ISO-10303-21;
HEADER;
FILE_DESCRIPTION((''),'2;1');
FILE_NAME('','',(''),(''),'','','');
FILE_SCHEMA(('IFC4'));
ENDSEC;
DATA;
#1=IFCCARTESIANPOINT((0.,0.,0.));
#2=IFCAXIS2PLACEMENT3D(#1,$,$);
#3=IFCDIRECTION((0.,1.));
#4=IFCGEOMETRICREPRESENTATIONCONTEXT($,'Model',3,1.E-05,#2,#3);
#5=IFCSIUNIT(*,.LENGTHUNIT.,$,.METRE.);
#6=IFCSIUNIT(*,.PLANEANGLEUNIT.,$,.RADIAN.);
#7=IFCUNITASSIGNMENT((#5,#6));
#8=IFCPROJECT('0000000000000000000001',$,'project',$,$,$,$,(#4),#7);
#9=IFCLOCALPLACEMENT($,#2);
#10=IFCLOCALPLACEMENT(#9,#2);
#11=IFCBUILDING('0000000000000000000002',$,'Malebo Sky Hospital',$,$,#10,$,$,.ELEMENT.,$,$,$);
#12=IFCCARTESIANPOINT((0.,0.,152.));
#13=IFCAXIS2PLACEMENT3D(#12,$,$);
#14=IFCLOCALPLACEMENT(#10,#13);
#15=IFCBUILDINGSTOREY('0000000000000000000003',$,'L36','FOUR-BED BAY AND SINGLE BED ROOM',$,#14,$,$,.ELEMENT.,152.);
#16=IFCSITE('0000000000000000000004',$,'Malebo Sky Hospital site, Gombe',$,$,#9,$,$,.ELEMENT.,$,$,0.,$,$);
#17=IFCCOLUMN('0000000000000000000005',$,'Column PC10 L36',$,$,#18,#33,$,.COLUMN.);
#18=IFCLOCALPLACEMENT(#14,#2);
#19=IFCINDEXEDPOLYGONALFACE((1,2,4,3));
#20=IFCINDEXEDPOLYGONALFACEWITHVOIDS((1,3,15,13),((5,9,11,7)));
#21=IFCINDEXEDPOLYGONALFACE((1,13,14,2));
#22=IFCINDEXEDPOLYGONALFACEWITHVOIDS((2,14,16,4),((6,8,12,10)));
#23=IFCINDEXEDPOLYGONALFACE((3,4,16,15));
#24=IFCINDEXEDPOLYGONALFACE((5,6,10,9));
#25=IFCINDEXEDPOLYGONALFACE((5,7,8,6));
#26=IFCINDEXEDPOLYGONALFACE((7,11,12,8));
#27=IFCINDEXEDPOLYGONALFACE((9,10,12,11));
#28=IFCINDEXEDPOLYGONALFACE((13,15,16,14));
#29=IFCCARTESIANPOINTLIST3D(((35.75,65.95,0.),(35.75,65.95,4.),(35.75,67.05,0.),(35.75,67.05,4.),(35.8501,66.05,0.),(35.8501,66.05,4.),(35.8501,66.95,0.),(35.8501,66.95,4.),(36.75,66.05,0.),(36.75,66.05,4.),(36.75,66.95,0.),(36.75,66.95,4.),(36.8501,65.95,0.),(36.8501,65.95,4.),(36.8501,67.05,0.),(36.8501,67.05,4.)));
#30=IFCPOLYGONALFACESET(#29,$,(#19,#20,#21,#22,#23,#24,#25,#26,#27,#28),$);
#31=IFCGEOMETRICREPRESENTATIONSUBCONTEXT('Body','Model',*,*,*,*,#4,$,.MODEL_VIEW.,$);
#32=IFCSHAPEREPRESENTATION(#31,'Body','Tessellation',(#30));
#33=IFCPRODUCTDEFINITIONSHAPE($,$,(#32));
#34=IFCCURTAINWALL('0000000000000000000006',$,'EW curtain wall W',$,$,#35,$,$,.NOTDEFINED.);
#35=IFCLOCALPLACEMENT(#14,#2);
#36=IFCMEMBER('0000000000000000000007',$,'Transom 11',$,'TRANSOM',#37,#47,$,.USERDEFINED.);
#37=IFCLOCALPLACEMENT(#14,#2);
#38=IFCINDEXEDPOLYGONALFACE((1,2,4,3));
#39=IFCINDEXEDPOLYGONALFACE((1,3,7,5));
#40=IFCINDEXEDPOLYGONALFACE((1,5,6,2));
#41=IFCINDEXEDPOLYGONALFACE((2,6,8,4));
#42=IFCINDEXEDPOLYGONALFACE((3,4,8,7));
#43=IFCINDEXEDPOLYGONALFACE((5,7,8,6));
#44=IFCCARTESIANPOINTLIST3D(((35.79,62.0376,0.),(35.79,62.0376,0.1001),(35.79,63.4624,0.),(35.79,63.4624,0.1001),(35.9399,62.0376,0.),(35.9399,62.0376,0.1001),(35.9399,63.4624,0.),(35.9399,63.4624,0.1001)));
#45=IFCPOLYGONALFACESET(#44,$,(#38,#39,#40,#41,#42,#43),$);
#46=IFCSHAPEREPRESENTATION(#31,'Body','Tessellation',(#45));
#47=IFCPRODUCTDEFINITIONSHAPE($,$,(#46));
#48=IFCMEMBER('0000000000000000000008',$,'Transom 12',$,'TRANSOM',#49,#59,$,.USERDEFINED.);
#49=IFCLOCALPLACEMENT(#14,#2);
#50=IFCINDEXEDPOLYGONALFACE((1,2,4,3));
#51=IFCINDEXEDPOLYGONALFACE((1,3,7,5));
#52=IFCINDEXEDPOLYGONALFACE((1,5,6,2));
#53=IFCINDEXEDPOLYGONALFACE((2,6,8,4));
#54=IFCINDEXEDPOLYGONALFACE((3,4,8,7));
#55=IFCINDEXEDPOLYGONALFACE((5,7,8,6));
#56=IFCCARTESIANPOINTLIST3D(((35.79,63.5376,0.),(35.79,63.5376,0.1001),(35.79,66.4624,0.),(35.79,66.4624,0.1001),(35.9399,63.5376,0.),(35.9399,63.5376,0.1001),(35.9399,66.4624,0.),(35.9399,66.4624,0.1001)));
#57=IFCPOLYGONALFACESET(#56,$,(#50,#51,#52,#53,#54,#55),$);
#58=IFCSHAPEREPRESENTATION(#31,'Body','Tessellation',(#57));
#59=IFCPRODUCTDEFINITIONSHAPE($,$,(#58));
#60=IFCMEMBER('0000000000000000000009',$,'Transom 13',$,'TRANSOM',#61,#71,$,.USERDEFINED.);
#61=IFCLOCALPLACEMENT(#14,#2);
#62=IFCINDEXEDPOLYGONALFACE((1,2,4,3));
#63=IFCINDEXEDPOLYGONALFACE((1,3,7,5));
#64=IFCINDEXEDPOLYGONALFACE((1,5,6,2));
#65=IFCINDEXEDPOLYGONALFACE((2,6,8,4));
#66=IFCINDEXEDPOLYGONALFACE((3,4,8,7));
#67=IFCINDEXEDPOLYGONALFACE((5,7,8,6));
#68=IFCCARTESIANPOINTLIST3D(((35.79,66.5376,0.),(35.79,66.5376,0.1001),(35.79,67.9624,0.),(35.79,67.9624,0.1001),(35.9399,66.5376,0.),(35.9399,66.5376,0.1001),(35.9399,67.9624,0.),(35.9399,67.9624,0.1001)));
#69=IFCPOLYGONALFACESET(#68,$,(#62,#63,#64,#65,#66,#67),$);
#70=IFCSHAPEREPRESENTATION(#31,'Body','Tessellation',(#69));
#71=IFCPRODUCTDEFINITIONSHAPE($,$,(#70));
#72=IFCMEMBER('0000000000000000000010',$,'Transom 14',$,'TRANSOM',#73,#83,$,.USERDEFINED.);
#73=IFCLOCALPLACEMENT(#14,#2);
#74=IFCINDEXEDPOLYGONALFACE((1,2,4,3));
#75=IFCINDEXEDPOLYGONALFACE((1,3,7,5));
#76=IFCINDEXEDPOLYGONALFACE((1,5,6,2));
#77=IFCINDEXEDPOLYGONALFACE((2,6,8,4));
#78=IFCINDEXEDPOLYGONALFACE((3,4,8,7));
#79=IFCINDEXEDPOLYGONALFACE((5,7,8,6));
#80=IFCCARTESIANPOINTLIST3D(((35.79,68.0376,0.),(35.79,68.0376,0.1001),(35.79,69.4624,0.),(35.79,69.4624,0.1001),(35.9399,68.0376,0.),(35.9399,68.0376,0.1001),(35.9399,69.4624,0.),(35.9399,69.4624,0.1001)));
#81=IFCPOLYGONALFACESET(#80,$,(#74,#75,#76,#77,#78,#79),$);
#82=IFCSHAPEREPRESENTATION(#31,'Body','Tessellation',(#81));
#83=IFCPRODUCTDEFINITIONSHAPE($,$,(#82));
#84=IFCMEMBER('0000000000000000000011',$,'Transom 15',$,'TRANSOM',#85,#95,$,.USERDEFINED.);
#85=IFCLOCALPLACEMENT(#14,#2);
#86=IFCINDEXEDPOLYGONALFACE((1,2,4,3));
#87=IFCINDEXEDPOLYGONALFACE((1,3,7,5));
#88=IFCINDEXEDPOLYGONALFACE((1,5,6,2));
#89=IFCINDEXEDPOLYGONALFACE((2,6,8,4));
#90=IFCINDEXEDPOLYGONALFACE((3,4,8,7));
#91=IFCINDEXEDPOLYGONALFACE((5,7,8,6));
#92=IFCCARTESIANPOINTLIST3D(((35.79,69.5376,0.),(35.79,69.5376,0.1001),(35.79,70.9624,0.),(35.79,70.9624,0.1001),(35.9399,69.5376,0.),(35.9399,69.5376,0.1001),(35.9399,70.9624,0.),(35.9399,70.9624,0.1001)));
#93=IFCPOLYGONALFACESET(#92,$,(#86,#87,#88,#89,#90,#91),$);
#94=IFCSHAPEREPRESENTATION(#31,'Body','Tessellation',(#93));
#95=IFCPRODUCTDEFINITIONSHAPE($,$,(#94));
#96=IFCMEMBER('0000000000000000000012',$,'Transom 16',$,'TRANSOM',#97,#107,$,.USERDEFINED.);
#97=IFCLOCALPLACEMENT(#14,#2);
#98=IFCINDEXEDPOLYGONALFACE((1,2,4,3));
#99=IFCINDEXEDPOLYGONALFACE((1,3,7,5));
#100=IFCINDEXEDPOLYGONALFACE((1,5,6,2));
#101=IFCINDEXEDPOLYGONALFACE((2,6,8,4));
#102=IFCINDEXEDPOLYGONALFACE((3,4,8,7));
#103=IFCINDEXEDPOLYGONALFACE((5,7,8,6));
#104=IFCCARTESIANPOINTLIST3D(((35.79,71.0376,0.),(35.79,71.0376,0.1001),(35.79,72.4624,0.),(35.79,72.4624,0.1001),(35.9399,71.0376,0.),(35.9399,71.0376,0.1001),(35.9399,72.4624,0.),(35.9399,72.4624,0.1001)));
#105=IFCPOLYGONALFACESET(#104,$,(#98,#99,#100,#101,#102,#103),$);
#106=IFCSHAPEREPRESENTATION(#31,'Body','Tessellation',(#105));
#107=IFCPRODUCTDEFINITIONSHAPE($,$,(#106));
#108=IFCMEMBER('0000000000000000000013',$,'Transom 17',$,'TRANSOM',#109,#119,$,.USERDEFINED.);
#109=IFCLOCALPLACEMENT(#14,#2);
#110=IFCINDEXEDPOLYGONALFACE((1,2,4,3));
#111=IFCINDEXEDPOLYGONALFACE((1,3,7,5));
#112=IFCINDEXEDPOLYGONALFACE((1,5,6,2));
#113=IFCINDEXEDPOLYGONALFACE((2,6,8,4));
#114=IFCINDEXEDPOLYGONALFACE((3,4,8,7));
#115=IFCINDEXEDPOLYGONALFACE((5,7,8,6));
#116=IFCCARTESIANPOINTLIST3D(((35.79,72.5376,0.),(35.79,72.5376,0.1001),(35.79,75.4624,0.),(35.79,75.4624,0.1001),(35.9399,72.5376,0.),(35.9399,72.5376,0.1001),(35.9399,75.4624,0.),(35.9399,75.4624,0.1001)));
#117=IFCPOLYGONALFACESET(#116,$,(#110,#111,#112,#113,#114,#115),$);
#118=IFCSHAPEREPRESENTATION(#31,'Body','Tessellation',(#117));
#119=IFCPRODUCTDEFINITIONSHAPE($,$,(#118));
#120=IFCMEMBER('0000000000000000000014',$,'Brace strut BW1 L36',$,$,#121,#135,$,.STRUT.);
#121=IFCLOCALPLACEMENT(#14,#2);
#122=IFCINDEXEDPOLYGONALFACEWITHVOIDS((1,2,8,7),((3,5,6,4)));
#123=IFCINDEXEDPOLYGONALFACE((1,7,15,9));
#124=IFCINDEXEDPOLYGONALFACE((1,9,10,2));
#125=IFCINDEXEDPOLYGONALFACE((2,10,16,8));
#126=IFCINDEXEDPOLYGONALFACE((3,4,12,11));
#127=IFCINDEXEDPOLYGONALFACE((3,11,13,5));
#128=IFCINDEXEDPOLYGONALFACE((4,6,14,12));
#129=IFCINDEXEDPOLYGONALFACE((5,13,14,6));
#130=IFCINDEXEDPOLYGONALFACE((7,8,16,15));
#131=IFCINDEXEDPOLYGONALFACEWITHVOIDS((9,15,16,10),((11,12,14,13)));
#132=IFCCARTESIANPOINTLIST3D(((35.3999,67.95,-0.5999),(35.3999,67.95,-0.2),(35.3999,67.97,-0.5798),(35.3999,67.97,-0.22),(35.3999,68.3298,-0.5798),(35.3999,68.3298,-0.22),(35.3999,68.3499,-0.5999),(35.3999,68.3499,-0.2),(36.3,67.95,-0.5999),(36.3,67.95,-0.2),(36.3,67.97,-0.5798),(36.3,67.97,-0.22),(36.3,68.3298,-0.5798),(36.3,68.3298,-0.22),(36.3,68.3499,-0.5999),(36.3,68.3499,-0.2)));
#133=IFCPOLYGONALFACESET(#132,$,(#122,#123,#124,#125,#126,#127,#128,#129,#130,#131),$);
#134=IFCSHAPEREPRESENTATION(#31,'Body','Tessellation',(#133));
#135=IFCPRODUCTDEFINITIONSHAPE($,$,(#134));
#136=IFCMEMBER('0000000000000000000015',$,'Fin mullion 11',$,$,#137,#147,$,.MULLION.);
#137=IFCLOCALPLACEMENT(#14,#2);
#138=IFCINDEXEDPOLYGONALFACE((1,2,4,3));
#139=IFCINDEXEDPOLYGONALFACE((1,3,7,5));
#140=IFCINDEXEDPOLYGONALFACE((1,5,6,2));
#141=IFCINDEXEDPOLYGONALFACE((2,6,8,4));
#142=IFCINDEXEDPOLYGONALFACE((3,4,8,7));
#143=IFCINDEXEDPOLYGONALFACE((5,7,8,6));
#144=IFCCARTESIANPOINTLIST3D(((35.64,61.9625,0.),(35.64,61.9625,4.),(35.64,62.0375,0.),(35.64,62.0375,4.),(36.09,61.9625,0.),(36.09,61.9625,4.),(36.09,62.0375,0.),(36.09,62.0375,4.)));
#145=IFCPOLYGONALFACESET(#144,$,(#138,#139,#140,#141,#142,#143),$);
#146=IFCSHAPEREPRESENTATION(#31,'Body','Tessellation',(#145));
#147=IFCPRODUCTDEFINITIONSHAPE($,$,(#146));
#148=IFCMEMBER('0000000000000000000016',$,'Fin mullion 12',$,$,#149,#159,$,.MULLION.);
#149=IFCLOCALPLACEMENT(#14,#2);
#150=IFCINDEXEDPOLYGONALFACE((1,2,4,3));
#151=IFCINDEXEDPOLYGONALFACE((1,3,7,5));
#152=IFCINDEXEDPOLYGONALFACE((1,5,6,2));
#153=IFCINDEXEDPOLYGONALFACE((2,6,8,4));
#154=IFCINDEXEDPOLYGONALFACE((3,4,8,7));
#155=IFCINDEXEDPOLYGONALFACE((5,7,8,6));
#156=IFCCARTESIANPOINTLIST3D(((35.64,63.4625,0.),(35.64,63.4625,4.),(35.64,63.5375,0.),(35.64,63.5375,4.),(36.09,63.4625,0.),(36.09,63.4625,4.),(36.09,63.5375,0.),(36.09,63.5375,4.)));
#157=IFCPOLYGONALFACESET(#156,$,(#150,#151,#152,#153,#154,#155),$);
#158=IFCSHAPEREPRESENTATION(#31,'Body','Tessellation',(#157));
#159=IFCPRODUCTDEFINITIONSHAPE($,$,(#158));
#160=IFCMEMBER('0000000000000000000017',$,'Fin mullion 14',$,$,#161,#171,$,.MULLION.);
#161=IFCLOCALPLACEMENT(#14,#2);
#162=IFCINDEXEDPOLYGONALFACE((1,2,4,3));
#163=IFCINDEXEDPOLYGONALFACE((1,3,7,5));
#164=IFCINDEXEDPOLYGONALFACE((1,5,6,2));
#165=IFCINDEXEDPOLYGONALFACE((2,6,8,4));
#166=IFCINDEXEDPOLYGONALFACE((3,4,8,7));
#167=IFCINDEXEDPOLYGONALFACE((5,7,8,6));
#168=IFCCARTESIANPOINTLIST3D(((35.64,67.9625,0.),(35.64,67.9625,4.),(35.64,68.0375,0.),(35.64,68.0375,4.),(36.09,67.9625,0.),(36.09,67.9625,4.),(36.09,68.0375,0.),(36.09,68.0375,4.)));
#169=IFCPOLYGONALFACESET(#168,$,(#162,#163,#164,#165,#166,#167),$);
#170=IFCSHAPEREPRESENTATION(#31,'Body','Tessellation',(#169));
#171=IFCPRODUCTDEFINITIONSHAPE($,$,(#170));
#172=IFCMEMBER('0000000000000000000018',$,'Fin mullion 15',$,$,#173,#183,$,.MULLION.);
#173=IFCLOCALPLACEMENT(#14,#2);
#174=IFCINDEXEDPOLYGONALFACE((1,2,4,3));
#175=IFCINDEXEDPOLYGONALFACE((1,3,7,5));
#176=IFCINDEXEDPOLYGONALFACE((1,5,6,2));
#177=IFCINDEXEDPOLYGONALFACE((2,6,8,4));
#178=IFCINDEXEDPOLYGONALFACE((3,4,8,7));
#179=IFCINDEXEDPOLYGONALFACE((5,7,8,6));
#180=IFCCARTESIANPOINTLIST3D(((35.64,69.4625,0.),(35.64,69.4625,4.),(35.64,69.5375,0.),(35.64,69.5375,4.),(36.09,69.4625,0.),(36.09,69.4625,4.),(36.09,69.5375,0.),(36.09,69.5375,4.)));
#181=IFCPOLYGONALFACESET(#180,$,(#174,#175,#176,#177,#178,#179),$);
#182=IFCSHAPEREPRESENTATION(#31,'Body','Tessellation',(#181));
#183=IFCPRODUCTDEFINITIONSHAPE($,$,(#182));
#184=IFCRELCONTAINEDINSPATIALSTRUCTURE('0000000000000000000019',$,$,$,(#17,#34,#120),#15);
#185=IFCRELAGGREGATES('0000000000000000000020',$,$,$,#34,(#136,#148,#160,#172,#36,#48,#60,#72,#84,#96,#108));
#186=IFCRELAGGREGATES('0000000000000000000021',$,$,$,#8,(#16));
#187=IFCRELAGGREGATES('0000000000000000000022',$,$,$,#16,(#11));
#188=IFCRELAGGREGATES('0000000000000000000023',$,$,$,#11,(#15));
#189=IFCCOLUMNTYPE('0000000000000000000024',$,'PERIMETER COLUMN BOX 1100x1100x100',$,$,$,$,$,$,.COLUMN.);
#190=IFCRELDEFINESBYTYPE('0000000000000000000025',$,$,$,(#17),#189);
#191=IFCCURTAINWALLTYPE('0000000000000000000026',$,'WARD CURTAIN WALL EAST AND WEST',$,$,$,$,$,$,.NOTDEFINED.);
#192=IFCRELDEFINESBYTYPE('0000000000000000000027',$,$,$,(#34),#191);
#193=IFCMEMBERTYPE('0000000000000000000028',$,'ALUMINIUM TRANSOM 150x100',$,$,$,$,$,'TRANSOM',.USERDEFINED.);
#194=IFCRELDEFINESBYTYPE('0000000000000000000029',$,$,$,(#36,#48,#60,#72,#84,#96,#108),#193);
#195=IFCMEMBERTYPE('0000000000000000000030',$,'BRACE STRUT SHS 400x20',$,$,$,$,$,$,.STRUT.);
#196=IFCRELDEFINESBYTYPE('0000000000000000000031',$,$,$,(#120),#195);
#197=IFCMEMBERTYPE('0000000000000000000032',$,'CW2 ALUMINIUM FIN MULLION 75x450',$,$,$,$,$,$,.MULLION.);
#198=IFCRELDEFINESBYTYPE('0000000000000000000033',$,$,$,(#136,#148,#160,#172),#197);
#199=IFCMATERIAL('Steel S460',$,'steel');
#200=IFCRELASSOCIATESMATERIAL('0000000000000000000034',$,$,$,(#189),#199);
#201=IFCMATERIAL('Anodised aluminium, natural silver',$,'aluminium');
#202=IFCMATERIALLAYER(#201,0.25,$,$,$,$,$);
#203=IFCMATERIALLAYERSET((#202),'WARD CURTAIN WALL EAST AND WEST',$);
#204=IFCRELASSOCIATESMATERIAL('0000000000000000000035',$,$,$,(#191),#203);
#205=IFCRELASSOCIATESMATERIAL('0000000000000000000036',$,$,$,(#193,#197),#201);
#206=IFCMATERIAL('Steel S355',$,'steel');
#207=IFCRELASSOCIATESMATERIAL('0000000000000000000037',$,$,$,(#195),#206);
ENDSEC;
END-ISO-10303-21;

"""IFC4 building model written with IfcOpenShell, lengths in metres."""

from ifc_helpers import new_model, si_unit, direction, frame, origin, origin_2d, place, context, subcontext, project, spatial, rectangle, hollow_rectangle, extrude, material, layer, layer_set, material_profile, profile_set, type_object, element, aggregate, save


model = new_model("IFC4")

# Units and contexts
model_context = context("Model", 3, precision=1e-05, world=origin(), true_north=direction((0.0, 1.0)))
body_context = subcontext(model_context, "Body", "Model", "MODEL_VIEW")
ifc_project = project(units=[si_unit("LENGTHUNIT", "METRE"), si_unit("PLANEANGLEUNIT", "RADIAN")], contexts=[model_context])

# Site, building, storey
site_placement = place(None, origin())
site = spatial("IfcSite", under=ifc_project, at=site_placement, Name="Malebo Sky Hospital site, Gombe", CompositionType="ELEMENT", RefElevation=0.0)
building_placement = place(site_placement, origin())
building = spatial("IfcBuilding", under=site, at=building_placement, Name="Malebo Sky Hospital", CompositionType="ELEMENT")
storey_placement = place(building_placement, frame((0.0, 0.0, 152.0)))
storey = spatial("IfcBuildingStorey", under=building, at=storey_placement, Name="L36", Description="FOUR-BED BAY AND SINGLE BED ROOM", CompositionType="ELEMENT", Elevation=152.0)

# Column
ifc_material_1 = material(Name="Steel S460", Category="steel")
ifc_material_profile_1 = material_profile(ifc_material_1, hollow_rectangle(XDim=1.1001, YDim=1.1001, WallThickness=0.1001, at=origin_2d()), Name="BOX 1100x1100x100")
ifc_profile_set_1 = profile_set([ifc_material_profile_1], Name="Steel S460")
column_type = type_object("IfcColumnType", Name="PERIMETER COLUMN BOX 1100x1100x100", PredefinedType="COLUMN", material=ifc_profile_set_1)
column_placement = place(storey_placement, frame((36.3, 66.5, 0.0), z_axis=(0.0, 0.0, 1.0), x_axis=(1.0, 0.0, 0.0)))
element("IfcColumn", 1, at=column_placement, inside=storey, type_object=column_type, Name="Column PC10 L36", PredefinedType="COLUMN", context=body_context, shape_type="SweptSolid", body=[
    extrude(hollow_rectangle(XDim=1.1001, YDim=1.1001, WallThickness=0.1001, at=origin_2d()), origin(), (0.0, 0.0, 1.0), 4.0),
])

# Curtain wall, members
ifc_material_2 = material(Name="Anodised aluminium, natural silver", Category="aluminium")
ifc_layer_1 = layer(ifc_material_2, 0.25)
ifc_layer_set_1 = layer_set([ifc_layer_1], Name="WARD CURTAIN WALL EAST AND WEST")
curtain_wall_type = type_object("IfcCurtainWallType", Name="WARD CURTAIN WALL EAST AND WEST", PredefinedType="NOTDEFINED", material=ifc_layer_set_1)
curtain_wall_placement = place(storey_placement, origin())
curtain_wall = element("IfcCurtainWall", 2, at=curtain_wall_placement, inside=storey, type_object=curtain_wall_type, Name="EW curtain wall W", PredefinedType="NOTDEFINED")
ifc_material_profile_2 = material_profile(ifc_material_2, rectangle(XDim=0.1499, YDim=0.1001, at=origin_2d()), Name="ALUMINIUM TRANSOM 150x100")
ifc_profile_set_2 = profile_set([ifc_material_profile_2], Name="Anodised aluminium, natural silver")
member_type_1 = type_object("IfcMemberType", Name="ALUMINIUM TRANSOM 150x100", ElementType="TRANSOM", PredefinedType="USERDEFINED", material=ifc_profile_set_2)
member_1_placement = place(storey_placement, frame((35.865, 62.0376, 0.05), z_axis=(0.0, 1.0, 0.0), x_axis=(-1.0, 0.0, 0.0)))
member_1 = element("IfcMember", 3, at=member_1_placement, type_object=member_type_1, Name="Transom 11", ObjectType="TRANSOM", PredefinedType="USERDEFINED", context=body_context, shape_type="SweptSolid", body=[
    extrude(rectangle(XDim=0.1499, YDim=0.1001, at=origin_2d()), origin(), (0.0, 0.0, 1.0), 1.4248),
])
member_2_placement = place(storey_placement, frame((35.865, 63.5376, 0.05), z_axis=(0.0, 1.0, 0.0), x_axis=(-1.0, 0.0, 0.0)))
member_2 = element("IfcMember", 4, at=member_2_placement, type_object=member_type_1, Name="Transom 12", ObjectType="TRANSOM", PredefinedType="USERDEFINED", context=body_context, shape_type="SweptSolid", body=[
    extrude(rectangle(XDim=0.1499, YDim=0.1001, at=origin_2d()), origin(), (0.0, 0.0, 1.0), 2.9248),
])
member_3_placement = place(storey_placement, frame((35.865, 66.5376, 0.05), z_axis=(0.0, 1.0, 0.0), x_axis=(-1.0, 0.0, 0.0)))
member_3 = element("IfcMember", 5, at=member_3_placement, type_object=member_type_1, Name="Transom 13", ObjectType="TRANSOM", PredefinedType="USERDEFINED", context=body_context, shape_type="SweptSolid", body=[
    extrude(rectangle(XDim=0.1499, YDim=0.1001, at=origin_2d()), origin(), (0.0, 0.0, 1.0), 1.4248),
])
member_4_placement = place(storey_placement, frame((35.865, 68.0376, 0.05), z_axis=(0.0, 1.0, 0.0), x_axis=(-1.0, 0.0, 0.0)))
member_4 = element("IfcMember", 6, at=member_4_placement, type_object=member_type_1, Name="Transom 14", ObjectType="TRANSOM", PredefinedType="USERDEFINED", context=body_context, shape_type="SweptSolid", body=[
    extrude(rectangle(XDim=0.1499, YDim=0.1001, at=origin_2d()), origin(), (0.0, 0.0, 1.0), 1.4248),
])
member_5_placement = place(storey_placement, frame((35.865, 69.5376, 0.05), z_axis=(0.0, 1.0, 0.0), x_axis=(-1.0, 0.0, 0.0)))
member_5 = element("IfcMember", 7, at=member_5_placement, type_object=member_type_1, Name="Transom 15", ObjectType="TRANSOM", PredefinedType="USERDEFINED", context=body_context, shape_type="SweptSolid", body=[
    extrude(rectangle(XDim=0.1499, YDim=0.1001, at=origin_2d()), origin(), (0.0, 0.0, 1.0), 1.4248),
])
member_6_placement = place(storey_placement, frame((35.865, 71.0376, 0.05), z_axis=(0.0, 1.0, 0.0), x_axis=(-1.0, 0.0, 0.0)))
member_6 = element("IfcMember", 8, at=member_6_placement, type_object=member_type_1, Name="Transom 16", ObjectType="TRANSOM", PredefinedType="USERDEFINED", context=body_context, shape_type="SweptSolid", body=[
    extrude(rectangle(XDim=0.1499, YDim=0.1001, at=origin_2d()), origin(), (0.0, 0.0, 1.0), 1.4248),
])
member_7_placement = place(storey_placement, frame((35.865, 72.5376, 0.05), z_axis=(0.0, 1.0, 0.0), x_axis=(-1.0, 0.0, 0.0)))
member_7 = element("IfcMember", 9, at=member_7_placement, type_object=member_type_1, Name="Transom 17", ObjectType="TRANSOM", PredefinedType="USERDEFINED", context=body_context, shape_type="SweptSolid", body=[
    extrude(rectangle(XDim=0.1499, YDim=0.1001, at=origin_2d()), origin(), (0.0, 0.0, 1.0), 2.9248),
])

# Members
ifc_material_3 = material(Name="Steel S355", Category="steel")
ifc_material_profile_3 = material_profile(ifc_material_3, hollow_rectangle(XDim=0.3999, YDim=0.3999, WallThickness=0.02, at=origin_2d()), Name="SHS 400x20")
ifc_profile_set_3 = profile_set([ifc_material_profile_3], Name="Steel S355")
member_type_2 = type_object("IfcMemberType", Name="BRACE STRUT SHS 400x20", PredefinedType="STRUT", material=ifc_profile_set_3)
member_8_placement = place(storey_placement, frame((35.3999, 68.1499, -0.3999), z_axis=(1.0, 0.0, 0.0), x_axis=(0.0, 1.0, 0.0)))
element("IfcMember", 10, at=member_8_placement, inside=storey, type_object=member_type_2, Name="Brace strut BW1 L36", PredefinedType="STRUT", context=body_context, shape_type="SweptSolid", body=[
    extrude(hollow_rectangle(XDim=0.3999, YDim=0.3999, WallThickness=0.02, at=origin_2d()), origin(), (0.0, 0.0, 1.0), 0.9001),
])
ifc_material_profile_4 = material_profile(ifc_material_2, rectangle(XDim=0.075, YDim=0.45, at=origin_2d()), Name="CW2 ALUMINIUM FIN MULLION 75x450")
ifc_profile_set_4 = profile_set([ifc_material_profile_4], Name="Anodised aluminium, natural silver")
member_type_3 = type_object("IfcMemberType", Name="CW2 ALUMINIUM FIN MULLION 75x450", PredefinedType="MULLION", material=ifc_profile_set_4)
member_9_placement = place(storey_placement, frame((35.865, 62.0, 0.0), z_axis=(0.0, 0.0, 1.0), x_axis=(0.0, 1.0, 0.0)))
member_9 = element("IfcMember", 11, at=member_9_placement, type_object=member_type_3, Name="Fin mullion 11", PredefinedType="MULLION", context=body_context, shape_type="SweptSolid", body=[
    extrude(rectangle(XDim=0.075, YDim=0.45, at=origin_2d()), origin(), (0.0, 0.0, 1.0), 4.0),
])
member_10_placement = place(storey_placement, frame((35.865, 63.5, 0.0), z_axis=(0.0, 0.0, 1.0), x_axis=(0.0, 1.0, 0.0)))
member_10 = element("IfcMember", 12, at=member_10_placement, type_object=member_type_3, Name="Fin mullion 12", PredefinedType="MULLION", context=body_context, shape_type="SweptSolid", body=[
    extrude(rectangle(XDim=0.075, YDim=0.45, at=origin_2d()), origin(), (0.0, 0.0, 1.0), 4.0),
])
member_11_placement = place(storey_placement, frame((35.865, 68.0, 0.0), z_axis=(0.0, 0.0, 1.0), x_axis=(0.0, 1.0, 0.0)))
member_11 = element("IfcMember", 13, at=member_11_placement, type_object=member_type_3, Name="Fin mullion 14", PredefinedType="MULLION", context=body_context, shape_type="SweptSolid", body=[
    extrude(rectangle(XDim=0.075, YDim=0.45, at=origin_2d()), origin(), (0.0, 0.0, 1.0), 4.0),
])
member_12_placement = place(storey_placement, frame((35.865, 69.5, 0.0), z_axis=(0.0, 0.0, 1.0), x_axis=(0.0, 1.0, 0.0)))
member_12 = element("IfcMember", 14, at=member_12_placement, type_object=member_type_3, Name="Fin mullion 15", PredefinedType="MULLION", context=body_context, shape_type="SweptSolid", body=[
    extrude(rectangle(XDim=0.075, YDim=0.45, at=origin_2d()), origin(), (0.0, 0.0, 1.0), 4.0),
])

aggregate(curtain_wall, [member_9, member_10, member_11, member_12, member_1, member_2, member_3, member_4, member_5, member_6, member_7])

save(model, "model.ifc")
